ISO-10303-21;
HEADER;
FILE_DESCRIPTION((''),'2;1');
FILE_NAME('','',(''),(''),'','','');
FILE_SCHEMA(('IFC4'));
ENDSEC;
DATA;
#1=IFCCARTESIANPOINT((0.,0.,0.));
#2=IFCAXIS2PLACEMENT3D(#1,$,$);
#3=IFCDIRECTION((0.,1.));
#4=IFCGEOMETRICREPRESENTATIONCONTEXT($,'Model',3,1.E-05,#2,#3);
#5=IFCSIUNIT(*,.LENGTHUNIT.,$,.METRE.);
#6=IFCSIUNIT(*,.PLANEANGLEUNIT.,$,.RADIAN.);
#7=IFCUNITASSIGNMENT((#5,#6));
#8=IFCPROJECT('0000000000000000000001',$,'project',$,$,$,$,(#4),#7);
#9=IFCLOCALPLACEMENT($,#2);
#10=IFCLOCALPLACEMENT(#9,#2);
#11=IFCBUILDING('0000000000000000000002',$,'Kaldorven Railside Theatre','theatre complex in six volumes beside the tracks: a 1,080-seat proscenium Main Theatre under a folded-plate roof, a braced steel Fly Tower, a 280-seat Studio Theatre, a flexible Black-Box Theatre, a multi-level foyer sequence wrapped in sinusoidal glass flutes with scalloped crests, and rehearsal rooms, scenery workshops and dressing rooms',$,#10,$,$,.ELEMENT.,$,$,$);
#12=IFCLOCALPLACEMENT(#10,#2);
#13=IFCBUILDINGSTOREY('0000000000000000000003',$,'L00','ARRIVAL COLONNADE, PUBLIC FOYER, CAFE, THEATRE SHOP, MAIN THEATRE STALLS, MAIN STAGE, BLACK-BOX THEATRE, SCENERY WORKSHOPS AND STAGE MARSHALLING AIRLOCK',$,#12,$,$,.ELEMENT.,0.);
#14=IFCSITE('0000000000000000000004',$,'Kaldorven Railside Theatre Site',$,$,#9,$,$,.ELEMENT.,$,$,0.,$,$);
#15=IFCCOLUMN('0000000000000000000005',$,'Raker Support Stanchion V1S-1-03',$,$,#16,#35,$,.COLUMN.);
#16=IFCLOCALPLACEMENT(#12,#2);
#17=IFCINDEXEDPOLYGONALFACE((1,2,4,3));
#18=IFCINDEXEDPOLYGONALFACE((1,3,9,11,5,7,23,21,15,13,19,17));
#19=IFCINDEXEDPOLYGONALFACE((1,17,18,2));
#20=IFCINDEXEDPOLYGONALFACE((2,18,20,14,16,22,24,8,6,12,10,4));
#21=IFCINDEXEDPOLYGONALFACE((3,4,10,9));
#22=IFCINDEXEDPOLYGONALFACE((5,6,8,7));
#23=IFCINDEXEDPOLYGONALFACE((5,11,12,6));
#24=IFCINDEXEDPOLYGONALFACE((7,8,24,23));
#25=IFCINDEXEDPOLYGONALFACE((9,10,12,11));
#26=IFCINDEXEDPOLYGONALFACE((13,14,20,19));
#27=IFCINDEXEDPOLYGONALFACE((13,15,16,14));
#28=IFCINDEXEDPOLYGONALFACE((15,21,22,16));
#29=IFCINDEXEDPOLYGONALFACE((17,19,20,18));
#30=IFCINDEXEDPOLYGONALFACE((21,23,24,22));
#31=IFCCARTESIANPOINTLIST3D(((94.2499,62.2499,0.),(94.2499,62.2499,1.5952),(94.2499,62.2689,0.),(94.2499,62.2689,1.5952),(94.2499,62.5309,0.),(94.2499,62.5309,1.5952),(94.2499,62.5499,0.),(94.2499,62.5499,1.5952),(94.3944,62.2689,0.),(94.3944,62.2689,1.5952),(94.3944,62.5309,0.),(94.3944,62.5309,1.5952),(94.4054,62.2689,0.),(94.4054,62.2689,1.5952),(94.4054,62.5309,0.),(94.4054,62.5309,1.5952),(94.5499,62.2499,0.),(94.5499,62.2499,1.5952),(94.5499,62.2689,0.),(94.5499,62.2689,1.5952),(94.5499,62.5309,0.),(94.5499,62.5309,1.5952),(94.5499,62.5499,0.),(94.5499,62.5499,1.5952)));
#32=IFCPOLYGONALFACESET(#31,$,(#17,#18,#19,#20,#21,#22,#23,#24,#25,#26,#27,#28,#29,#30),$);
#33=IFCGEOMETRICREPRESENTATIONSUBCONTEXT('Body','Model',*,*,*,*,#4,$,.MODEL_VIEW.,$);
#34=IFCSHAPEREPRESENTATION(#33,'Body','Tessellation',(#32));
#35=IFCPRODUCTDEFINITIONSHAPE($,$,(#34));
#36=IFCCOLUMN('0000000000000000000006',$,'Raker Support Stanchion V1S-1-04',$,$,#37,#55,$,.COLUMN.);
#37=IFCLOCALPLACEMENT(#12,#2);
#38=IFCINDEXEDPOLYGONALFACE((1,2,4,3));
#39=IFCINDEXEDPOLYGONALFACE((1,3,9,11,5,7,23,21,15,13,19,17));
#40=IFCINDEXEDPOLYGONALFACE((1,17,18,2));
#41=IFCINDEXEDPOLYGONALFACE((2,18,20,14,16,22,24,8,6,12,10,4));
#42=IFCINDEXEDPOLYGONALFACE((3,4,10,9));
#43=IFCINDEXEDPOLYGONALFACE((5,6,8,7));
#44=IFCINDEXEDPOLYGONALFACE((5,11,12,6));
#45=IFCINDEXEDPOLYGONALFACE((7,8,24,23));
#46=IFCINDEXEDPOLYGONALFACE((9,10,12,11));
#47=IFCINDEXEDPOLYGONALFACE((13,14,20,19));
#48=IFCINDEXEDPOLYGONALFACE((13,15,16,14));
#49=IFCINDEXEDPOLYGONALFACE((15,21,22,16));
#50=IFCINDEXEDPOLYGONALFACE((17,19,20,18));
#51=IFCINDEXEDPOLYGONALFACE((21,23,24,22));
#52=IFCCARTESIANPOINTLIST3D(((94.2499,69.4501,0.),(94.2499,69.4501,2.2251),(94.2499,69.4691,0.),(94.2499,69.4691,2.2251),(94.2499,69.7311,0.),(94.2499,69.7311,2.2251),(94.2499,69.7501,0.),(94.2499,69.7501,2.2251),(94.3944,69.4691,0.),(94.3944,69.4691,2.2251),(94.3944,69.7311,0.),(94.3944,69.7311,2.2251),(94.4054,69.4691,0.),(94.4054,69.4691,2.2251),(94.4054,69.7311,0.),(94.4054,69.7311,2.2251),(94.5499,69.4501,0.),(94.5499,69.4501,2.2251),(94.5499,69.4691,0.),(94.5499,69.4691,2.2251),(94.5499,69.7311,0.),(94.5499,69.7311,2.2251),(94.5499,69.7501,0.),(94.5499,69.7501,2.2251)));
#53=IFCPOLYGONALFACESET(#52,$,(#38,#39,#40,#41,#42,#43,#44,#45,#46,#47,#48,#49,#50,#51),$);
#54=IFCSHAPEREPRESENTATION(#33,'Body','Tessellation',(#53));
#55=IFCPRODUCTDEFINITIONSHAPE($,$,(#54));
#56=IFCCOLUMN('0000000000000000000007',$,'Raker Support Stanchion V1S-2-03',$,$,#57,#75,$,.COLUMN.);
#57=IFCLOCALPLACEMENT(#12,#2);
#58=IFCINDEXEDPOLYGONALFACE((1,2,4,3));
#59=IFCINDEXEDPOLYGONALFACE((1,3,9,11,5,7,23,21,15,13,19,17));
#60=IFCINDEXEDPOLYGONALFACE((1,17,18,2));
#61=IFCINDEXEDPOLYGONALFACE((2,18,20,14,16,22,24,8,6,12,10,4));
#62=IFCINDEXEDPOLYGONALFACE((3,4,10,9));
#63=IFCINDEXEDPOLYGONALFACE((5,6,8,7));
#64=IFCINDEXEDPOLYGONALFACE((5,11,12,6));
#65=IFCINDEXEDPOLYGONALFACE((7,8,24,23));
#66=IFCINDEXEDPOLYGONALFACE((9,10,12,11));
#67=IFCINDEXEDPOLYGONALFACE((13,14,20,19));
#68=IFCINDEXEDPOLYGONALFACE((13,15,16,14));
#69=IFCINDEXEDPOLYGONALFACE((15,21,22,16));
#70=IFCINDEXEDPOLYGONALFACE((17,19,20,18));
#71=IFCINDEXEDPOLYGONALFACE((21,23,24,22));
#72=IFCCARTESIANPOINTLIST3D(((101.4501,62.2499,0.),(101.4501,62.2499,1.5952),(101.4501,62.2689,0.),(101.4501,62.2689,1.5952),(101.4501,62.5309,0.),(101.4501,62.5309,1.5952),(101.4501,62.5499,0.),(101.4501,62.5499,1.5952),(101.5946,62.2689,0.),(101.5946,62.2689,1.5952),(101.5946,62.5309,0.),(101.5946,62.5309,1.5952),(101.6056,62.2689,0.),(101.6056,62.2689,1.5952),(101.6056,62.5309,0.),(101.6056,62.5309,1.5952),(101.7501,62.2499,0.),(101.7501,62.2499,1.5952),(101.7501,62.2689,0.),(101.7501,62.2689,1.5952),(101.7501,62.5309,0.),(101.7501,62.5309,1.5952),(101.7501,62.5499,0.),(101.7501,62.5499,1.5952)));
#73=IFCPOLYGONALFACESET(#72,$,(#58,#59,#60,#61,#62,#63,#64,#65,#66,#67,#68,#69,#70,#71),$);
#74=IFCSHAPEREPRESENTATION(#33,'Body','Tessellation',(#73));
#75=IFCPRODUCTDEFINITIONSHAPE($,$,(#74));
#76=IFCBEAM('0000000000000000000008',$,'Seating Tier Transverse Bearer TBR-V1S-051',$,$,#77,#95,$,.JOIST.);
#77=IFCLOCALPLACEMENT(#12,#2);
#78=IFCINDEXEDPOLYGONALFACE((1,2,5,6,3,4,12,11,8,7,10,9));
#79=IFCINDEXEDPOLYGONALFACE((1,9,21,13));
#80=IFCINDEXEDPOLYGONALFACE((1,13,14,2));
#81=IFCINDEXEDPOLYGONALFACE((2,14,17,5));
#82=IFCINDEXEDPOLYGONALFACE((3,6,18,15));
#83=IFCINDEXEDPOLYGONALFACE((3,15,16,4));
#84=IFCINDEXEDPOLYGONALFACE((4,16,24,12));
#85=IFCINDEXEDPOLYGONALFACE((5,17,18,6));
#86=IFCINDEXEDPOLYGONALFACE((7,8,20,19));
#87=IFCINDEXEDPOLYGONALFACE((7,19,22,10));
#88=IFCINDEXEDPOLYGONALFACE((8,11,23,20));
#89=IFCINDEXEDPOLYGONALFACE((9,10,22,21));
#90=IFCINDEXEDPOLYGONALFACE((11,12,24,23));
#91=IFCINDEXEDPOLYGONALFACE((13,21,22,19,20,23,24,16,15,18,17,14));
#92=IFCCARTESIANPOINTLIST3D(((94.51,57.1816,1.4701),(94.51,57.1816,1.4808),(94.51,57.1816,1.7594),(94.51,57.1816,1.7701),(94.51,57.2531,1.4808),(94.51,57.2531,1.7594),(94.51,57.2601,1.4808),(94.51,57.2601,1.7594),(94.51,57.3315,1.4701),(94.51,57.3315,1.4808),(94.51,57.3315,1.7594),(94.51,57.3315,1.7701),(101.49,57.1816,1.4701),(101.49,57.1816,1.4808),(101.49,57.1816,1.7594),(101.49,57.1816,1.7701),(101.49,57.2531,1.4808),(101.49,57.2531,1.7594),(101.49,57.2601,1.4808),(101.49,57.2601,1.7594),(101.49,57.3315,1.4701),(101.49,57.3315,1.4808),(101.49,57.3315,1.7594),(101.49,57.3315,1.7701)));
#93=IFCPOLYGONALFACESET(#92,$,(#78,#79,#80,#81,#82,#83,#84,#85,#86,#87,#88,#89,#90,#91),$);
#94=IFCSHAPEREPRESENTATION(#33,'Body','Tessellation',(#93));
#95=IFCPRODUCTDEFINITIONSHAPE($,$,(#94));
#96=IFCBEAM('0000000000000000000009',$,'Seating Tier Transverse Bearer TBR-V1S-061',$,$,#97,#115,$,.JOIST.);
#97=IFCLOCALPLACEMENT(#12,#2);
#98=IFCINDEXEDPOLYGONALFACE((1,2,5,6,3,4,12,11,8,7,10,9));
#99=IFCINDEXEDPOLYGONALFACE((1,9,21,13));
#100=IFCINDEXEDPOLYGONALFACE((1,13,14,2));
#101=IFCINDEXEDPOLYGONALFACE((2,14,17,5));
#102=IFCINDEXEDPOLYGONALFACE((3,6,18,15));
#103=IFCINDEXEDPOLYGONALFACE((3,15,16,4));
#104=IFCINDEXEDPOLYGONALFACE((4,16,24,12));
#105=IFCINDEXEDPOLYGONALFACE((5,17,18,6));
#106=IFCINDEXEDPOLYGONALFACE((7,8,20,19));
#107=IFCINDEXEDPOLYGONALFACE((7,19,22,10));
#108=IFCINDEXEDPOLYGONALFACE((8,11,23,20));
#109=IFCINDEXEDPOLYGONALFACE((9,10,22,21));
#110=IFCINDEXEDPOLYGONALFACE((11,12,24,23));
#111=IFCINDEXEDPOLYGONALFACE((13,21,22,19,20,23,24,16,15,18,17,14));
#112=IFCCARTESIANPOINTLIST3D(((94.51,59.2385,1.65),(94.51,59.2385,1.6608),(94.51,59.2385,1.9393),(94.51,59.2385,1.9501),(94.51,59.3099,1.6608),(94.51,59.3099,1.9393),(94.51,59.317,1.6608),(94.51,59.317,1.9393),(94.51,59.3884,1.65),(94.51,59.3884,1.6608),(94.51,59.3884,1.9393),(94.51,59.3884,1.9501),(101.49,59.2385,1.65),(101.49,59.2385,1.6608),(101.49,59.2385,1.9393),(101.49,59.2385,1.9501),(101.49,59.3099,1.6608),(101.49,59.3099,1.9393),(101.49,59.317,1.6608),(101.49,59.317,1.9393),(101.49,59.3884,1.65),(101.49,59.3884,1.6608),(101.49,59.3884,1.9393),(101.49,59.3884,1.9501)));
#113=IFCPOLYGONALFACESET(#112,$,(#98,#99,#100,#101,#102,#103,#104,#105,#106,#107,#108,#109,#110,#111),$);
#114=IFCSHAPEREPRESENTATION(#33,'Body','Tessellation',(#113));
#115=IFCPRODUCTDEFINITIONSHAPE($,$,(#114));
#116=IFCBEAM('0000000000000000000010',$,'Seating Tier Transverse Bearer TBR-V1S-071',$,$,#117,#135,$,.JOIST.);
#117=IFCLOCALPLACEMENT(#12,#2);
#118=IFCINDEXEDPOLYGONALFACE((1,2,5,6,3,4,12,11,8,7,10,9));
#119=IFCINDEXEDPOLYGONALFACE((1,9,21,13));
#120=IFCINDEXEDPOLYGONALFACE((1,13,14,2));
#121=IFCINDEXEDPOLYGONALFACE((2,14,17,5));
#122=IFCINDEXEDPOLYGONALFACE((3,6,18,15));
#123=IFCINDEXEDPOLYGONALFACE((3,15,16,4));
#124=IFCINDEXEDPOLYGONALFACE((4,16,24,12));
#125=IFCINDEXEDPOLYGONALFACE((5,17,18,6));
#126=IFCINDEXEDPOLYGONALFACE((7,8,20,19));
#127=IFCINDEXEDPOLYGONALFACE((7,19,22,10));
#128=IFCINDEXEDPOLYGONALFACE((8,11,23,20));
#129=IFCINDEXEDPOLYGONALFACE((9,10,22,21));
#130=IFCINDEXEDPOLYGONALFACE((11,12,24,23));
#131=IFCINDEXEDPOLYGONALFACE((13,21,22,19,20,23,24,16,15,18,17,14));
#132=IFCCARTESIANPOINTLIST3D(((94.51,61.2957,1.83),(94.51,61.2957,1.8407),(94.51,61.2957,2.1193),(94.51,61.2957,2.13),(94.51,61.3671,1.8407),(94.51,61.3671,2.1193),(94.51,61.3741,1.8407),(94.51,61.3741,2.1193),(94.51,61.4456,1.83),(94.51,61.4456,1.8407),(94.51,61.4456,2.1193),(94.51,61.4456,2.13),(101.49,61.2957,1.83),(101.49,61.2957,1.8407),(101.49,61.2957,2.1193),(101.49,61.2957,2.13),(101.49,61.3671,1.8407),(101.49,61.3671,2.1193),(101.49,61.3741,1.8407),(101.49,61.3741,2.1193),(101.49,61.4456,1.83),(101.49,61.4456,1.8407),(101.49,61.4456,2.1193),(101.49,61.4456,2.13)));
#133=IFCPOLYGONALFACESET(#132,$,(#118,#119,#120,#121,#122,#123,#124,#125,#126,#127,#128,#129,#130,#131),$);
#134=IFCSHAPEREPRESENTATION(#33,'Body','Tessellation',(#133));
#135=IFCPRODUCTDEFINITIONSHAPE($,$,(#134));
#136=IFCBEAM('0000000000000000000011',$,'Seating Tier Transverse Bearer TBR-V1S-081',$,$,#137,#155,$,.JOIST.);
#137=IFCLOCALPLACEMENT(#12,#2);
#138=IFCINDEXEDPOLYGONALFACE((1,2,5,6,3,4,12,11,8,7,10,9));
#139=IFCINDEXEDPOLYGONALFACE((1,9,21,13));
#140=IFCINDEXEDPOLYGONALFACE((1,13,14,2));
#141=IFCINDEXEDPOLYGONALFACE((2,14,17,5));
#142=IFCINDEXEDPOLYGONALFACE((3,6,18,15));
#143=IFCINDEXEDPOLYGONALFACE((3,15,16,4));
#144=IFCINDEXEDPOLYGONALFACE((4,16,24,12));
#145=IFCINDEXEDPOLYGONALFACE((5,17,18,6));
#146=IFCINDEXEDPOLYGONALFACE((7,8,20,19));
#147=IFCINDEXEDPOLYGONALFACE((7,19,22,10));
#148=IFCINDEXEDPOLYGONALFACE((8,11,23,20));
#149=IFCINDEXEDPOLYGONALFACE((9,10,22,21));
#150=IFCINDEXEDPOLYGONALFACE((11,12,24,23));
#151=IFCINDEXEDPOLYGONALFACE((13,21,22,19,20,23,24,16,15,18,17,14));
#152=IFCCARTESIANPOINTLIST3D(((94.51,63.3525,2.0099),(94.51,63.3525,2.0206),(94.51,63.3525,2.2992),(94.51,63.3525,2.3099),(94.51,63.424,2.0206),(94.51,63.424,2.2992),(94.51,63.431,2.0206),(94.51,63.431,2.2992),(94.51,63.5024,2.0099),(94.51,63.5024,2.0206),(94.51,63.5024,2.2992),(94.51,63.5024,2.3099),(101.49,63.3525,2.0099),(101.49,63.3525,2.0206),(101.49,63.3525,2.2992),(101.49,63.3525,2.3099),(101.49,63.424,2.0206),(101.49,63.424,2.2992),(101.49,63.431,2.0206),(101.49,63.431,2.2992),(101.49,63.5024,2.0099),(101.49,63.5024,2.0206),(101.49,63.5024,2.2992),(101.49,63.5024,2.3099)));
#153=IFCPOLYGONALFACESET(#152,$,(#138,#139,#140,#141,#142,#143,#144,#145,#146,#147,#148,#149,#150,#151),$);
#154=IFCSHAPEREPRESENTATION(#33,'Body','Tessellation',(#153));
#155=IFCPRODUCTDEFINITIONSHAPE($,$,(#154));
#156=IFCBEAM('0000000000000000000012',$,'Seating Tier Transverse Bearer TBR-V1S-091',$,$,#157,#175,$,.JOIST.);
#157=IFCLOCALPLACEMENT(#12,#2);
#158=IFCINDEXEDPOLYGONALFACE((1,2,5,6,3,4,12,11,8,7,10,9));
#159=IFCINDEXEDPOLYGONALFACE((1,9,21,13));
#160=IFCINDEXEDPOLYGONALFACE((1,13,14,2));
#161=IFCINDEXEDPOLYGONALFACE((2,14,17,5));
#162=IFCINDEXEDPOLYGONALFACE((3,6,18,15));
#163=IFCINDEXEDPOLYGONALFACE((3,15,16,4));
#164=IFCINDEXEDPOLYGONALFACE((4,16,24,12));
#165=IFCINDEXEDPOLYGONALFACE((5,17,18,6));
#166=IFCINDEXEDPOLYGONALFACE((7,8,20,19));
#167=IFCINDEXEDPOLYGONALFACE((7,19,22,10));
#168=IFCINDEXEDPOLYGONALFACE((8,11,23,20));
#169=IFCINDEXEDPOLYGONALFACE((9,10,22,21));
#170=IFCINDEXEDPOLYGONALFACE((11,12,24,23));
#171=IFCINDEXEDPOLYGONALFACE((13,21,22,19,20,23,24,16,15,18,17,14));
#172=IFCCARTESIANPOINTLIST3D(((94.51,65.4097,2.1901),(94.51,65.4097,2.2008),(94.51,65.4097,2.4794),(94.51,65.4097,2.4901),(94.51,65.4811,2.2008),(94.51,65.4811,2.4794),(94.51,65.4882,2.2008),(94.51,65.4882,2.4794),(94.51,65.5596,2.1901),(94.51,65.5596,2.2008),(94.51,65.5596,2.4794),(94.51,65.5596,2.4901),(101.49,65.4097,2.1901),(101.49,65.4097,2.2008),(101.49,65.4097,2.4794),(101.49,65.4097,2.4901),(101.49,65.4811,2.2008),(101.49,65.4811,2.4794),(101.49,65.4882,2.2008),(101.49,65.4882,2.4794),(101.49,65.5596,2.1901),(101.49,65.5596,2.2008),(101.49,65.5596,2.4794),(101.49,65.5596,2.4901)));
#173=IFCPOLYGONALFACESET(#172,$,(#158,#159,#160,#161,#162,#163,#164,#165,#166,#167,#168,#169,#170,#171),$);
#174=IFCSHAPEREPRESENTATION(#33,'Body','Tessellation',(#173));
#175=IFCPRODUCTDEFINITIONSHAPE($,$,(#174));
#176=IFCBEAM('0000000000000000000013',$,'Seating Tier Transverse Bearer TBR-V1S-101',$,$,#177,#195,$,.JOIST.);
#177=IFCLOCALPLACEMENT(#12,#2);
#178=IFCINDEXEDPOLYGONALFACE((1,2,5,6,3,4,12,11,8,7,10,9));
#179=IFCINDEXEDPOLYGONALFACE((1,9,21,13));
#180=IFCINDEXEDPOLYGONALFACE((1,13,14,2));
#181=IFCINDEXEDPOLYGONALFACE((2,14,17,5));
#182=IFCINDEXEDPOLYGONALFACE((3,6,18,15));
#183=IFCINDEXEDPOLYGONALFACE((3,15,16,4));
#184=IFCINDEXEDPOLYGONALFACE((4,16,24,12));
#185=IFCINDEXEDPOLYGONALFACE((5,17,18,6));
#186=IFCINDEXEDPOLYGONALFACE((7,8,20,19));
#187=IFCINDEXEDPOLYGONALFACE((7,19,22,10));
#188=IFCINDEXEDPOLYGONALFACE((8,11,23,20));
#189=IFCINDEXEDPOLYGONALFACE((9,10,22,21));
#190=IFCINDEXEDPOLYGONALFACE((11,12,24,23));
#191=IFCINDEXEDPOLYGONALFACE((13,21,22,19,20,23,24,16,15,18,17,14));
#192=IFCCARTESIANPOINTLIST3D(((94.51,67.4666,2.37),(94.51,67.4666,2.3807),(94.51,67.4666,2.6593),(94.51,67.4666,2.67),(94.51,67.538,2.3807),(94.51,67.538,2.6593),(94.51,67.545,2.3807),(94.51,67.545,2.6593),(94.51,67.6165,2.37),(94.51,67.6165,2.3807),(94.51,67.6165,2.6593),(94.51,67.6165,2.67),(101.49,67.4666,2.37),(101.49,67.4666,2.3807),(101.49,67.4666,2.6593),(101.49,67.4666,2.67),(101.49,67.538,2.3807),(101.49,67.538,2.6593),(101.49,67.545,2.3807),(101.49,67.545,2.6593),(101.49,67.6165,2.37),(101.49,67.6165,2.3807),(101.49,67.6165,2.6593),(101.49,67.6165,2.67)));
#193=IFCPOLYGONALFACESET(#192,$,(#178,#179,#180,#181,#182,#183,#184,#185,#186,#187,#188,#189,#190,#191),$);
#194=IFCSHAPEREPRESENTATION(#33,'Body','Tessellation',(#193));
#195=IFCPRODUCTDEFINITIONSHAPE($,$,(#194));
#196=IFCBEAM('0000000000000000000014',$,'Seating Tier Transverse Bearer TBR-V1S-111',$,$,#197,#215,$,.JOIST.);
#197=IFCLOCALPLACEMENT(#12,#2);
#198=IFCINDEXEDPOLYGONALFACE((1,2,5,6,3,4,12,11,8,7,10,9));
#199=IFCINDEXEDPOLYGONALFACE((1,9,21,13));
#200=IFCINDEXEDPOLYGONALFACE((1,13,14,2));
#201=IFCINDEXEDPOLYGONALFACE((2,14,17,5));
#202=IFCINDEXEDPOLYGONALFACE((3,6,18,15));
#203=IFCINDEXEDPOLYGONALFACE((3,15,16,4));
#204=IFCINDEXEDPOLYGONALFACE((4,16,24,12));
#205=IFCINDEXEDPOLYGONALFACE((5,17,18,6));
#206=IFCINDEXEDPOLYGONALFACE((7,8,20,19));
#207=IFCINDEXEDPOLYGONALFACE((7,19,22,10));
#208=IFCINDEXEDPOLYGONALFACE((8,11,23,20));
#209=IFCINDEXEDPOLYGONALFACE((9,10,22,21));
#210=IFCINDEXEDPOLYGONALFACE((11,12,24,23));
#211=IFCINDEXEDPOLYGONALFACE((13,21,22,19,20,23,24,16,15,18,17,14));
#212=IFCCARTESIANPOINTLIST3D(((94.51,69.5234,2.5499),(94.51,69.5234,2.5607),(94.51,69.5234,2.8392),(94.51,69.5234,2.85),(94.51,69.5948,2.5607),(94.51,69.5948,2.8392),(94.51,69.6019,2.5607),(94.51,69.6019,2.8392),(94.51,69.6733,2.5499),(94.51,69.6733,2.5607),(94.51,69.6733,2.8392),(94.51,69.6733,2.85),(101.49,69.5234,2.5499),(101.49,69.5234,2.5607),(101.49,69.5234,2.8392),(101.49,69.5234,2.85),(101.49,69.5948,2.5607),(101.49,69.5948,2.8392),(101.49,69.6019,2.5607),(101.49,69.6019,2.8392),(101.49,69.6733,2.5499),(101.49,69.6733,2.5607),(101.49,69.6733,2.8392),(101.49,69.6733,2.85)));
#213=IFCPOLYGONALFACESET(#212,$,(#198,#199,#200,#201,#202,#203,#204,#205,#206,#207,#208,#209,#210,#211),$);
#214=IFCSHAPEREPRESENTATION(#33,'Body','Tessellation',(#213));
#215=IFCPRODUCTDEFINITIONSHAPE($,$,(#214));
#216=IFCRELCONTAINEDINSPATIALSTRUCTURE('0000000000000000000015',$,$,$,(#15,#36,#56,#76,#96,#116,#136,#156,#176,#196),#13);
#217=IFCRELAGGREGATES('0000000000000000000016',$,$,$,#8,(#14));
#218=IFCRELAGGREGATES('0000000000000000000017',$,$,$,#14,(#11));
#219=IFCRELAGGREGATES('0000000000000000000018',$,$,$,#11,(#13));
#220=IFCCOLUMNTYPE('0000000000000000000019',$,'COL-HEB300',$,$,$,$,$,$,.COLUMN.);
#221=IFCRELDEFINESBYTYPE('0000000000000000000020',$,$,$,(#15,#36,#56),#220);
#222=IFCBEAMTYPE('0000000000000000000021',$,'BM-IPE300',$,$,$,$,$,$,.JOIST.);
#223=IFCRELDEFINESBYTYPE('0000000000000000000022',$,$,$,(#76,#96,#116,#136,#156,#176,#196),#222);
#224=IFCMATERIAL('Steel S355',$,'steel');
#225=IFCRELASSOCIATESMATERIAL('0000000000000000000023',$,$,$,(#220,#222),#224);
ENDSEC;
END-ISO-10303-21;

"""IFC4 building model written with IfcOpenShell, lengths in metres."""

from ifc_helpers import new_model, si_unit, direction, frame, origin, origin_2d, place, context, subcontext, project, spatial, i_section, extrude, material, material_profile, profile_set, type_object, element, save


model = new_model("IFC4")

# Units and contexts
model_context = context("Model", 3, precision=1e-05, world=origin(), true_north=direction((0.0, 1.0)))
body_context = subcontext(model_context, "Body", "Model", "MODEL_VIEW")
ifc_project = project(units=[si_unit("LENGTHUNIT", "METRE"), si_unit("PLANEANGLEUNIT", "RADIAN")], contexts=[model_context])

# Site, building, storey
site_placement = place(None, origin())
site = spatial("IfcSite", under=ifc_project, at=site_placement, Name="Kaldorven Railside Theatre Site", CompositionType="ELEMENT", RefElevation=0.0)
building_placement = place(site_placement, origin())
building = spatial("IfcBuilding", under=site, at=building_placement, Name="Kaldorven Railside Theatre", Description="theatre complex in six volumes beside the tracks: a 1,080-seat proscenium Main Theatre under a folded-plate roof, a braced steel Fly Tower, a 280-seat Studio Theatre, a flexible Black-Box Theatre, a multi-level foyer sequence wrapped in sinusoidal glass flutes with scalloped crests, and rehearsal rooms, scenery workshops and dressing rooms", CompositionType="ELEMENT")
storey_placement = place(building_placement, origin())
storey = spatial("IfcBuildingStorey", under=building, at=storey_placement, Name="L00", Description="ARRIVAL COLONNADE, PUBLIC FOYER, CAFE, THEATRE SHOP, MAIN THEATRE STALLS, MAIN STAGE, BLACK-BOX THEATRE, SCENERY WORKSHOPS AND STAGE MARSHALLING AIRLOCK", CompositionType="ELEMENT", Elevation=0.0)

# Columns
ifc_material_1 = material(Name="Steel S355", Category="steel")
ifc_material_profile_1 = material_profile(ifc_material_1, i_section(OverallWidth=0.3, OverallDepth=0.3, WebThickness=0.011, FlangeThickness=0.019, at=origin_2d()), Name="HEB 300")
ifc_profile_set_1 = profile_set([ifc_material_profile_1], Name="Steel S355")
column_type = type_object("IfcColumnType", Name="COL-HEB300", PredefinedType="COLUMN", material=ifc_profile_set_1)
column_1_placement = place(storey_placement, frame((94.3999, 62.3999, 0.0), z_axis=(0.0, 0.0, 1.0), x_axis=(1.0, 0.0, 0.0)))
element("IfcColumn", 1, at=column_1_placement, inside=storey, type_object=column_type, Name="Raker Support Stanchion V1S-1-03", PredefinedType="COLUMN", context=body_context, shape_type="SweptSolid", body=[
    extrude(i_section(OverallWidth=0.3, OverallDepth=0.3, WebThickness=0.011, FlangeThickness=0.019, at=origin_2d()), origin(), (0.0, 0.0, 1.0), 1.5952),
])
column_2_placement = place(storey_placement, frame((94.3999, 69.6001, 0.0), z_axis=(0.0, 0.0, 1.0), x_axis=(1.0, 0.0, 0.0)))
element("IfcColumn", 2, at=column_2_placement, inside=storey, type_object=column_type, Name="Raker Support Stanchion V1S-1-04", PredefinedType="COLUMN", context=body_context, shape_type="SweptSolid", body=[
    extrude(i_section(OverallWidth=0.3, OverallDepth=0.3, WebThickness=0.011, FlangeThickness=0.019, at=origin_2d()), origin(), (0.0, 0.0, 1.0), 2.2251),
])
column_3_placement = place(storey_placement, frame((101.6001, 62.3999, 0.0), z_axis=(0.0, 0.0, 1.0), x_axis=(1.0, 0.0, 0.0)))
element("IfcColumn", 3, at=column_3_placement, inside=storey, type_object=column_type, Name="Raker Support Stanchion V1S-2-03", PredefinedType="COLUMN", context=body_context, shape_type="SweptSolid", body=[
    extrude(i_section(OverallWidth=0.3, OverallDepth=0.3, WebThickness=0.011, FlangeThickness=0.019, at=origin_2d()), origin(), (0.0, 0.0, 1.0), 1.5952),
])

# Beams
ifc_material_profile_2 = material_profile(ifc_material_1, i_section(OverallWidth=0.1499, OverallDepth=0.3, WebThickness=0.0071, FlangeThickness=0.0107, at=origin_2d()), Name="IPE 300")
ifc_profile_set_2 = profile_set([ifc_material_profile_2], Name="Steel S355")
beam_type_1 = type_object("IfcBeamType", Name="BM-IPE300", PredefinedType="JOIST", material=ifc_profile_set_2)
for number, where, z_axis, x_axis, name in (
    (4, (94.51, 57.2566, 1.6201), (1.0, 0.0, 0.0), (0.0, 1.0, 0.0), "Seating Tier Transverse Bearer TBR-V1S-051"),
    (5, (94.51, 59.3135, 1.8), (1.0, 0.0, 0.0), (0.0, 1.0, 0.0), "Seating Tier Transverse Bearer TBR-V1S-061"),
    (6, (94.51, 61.3706, 1.98), (1.0, 0.0, 0.0), (0.0, 1.0, 0.0), "Seating Tier Transverse Bearer TBR-V1S-071"),
    (7, (94.51, 63.4275, 2.1599), (1.0, 0.0, 0.0), (0.0, 1.0, 0.0), "Seating Tier Transverse Bearer TBR-V1S-081"),
    (8, (94.51, 65.4846, 2.3401), (1.0, 0.0, 0.0), (0.0, 1.0, 0.0), "Seating Tier Transverse Bearer TBR-V1S-091"),
    (9, (94.51, 67.5415, 2.52), (1.0, 0.0, 0.0), (0.0, 1.0, 0.0), "Seating Tier Transverse Bearer TBR-V1S-101"),
    (10, (94.51, 69.5984, 2.7), (1.0, 0.0, 0.0), (0.0, 1.0, 0.0), "Seating Tier Transverse Bearer TBR-V1S-111"),
):
    element("IfcBeam", number, at=place(storey_placement, frame(where, z_axis=z_axis, x_axis=x_axis)), inside=storey, type_object=beam_type_1, Name=name, PredefinedType="JOIST", context=body_context, shape_type="SweptSolid", body=[
        extrude(i_section(OverallWidth=0.1499, OverallDepth=0.3, WebThickness=0.0071, FlangeThickness=0.0107, at=origin_2d()), origin(), (0.0, 0.0, 1.0), 6.98),
    ])

save(model, "model.ifc")
